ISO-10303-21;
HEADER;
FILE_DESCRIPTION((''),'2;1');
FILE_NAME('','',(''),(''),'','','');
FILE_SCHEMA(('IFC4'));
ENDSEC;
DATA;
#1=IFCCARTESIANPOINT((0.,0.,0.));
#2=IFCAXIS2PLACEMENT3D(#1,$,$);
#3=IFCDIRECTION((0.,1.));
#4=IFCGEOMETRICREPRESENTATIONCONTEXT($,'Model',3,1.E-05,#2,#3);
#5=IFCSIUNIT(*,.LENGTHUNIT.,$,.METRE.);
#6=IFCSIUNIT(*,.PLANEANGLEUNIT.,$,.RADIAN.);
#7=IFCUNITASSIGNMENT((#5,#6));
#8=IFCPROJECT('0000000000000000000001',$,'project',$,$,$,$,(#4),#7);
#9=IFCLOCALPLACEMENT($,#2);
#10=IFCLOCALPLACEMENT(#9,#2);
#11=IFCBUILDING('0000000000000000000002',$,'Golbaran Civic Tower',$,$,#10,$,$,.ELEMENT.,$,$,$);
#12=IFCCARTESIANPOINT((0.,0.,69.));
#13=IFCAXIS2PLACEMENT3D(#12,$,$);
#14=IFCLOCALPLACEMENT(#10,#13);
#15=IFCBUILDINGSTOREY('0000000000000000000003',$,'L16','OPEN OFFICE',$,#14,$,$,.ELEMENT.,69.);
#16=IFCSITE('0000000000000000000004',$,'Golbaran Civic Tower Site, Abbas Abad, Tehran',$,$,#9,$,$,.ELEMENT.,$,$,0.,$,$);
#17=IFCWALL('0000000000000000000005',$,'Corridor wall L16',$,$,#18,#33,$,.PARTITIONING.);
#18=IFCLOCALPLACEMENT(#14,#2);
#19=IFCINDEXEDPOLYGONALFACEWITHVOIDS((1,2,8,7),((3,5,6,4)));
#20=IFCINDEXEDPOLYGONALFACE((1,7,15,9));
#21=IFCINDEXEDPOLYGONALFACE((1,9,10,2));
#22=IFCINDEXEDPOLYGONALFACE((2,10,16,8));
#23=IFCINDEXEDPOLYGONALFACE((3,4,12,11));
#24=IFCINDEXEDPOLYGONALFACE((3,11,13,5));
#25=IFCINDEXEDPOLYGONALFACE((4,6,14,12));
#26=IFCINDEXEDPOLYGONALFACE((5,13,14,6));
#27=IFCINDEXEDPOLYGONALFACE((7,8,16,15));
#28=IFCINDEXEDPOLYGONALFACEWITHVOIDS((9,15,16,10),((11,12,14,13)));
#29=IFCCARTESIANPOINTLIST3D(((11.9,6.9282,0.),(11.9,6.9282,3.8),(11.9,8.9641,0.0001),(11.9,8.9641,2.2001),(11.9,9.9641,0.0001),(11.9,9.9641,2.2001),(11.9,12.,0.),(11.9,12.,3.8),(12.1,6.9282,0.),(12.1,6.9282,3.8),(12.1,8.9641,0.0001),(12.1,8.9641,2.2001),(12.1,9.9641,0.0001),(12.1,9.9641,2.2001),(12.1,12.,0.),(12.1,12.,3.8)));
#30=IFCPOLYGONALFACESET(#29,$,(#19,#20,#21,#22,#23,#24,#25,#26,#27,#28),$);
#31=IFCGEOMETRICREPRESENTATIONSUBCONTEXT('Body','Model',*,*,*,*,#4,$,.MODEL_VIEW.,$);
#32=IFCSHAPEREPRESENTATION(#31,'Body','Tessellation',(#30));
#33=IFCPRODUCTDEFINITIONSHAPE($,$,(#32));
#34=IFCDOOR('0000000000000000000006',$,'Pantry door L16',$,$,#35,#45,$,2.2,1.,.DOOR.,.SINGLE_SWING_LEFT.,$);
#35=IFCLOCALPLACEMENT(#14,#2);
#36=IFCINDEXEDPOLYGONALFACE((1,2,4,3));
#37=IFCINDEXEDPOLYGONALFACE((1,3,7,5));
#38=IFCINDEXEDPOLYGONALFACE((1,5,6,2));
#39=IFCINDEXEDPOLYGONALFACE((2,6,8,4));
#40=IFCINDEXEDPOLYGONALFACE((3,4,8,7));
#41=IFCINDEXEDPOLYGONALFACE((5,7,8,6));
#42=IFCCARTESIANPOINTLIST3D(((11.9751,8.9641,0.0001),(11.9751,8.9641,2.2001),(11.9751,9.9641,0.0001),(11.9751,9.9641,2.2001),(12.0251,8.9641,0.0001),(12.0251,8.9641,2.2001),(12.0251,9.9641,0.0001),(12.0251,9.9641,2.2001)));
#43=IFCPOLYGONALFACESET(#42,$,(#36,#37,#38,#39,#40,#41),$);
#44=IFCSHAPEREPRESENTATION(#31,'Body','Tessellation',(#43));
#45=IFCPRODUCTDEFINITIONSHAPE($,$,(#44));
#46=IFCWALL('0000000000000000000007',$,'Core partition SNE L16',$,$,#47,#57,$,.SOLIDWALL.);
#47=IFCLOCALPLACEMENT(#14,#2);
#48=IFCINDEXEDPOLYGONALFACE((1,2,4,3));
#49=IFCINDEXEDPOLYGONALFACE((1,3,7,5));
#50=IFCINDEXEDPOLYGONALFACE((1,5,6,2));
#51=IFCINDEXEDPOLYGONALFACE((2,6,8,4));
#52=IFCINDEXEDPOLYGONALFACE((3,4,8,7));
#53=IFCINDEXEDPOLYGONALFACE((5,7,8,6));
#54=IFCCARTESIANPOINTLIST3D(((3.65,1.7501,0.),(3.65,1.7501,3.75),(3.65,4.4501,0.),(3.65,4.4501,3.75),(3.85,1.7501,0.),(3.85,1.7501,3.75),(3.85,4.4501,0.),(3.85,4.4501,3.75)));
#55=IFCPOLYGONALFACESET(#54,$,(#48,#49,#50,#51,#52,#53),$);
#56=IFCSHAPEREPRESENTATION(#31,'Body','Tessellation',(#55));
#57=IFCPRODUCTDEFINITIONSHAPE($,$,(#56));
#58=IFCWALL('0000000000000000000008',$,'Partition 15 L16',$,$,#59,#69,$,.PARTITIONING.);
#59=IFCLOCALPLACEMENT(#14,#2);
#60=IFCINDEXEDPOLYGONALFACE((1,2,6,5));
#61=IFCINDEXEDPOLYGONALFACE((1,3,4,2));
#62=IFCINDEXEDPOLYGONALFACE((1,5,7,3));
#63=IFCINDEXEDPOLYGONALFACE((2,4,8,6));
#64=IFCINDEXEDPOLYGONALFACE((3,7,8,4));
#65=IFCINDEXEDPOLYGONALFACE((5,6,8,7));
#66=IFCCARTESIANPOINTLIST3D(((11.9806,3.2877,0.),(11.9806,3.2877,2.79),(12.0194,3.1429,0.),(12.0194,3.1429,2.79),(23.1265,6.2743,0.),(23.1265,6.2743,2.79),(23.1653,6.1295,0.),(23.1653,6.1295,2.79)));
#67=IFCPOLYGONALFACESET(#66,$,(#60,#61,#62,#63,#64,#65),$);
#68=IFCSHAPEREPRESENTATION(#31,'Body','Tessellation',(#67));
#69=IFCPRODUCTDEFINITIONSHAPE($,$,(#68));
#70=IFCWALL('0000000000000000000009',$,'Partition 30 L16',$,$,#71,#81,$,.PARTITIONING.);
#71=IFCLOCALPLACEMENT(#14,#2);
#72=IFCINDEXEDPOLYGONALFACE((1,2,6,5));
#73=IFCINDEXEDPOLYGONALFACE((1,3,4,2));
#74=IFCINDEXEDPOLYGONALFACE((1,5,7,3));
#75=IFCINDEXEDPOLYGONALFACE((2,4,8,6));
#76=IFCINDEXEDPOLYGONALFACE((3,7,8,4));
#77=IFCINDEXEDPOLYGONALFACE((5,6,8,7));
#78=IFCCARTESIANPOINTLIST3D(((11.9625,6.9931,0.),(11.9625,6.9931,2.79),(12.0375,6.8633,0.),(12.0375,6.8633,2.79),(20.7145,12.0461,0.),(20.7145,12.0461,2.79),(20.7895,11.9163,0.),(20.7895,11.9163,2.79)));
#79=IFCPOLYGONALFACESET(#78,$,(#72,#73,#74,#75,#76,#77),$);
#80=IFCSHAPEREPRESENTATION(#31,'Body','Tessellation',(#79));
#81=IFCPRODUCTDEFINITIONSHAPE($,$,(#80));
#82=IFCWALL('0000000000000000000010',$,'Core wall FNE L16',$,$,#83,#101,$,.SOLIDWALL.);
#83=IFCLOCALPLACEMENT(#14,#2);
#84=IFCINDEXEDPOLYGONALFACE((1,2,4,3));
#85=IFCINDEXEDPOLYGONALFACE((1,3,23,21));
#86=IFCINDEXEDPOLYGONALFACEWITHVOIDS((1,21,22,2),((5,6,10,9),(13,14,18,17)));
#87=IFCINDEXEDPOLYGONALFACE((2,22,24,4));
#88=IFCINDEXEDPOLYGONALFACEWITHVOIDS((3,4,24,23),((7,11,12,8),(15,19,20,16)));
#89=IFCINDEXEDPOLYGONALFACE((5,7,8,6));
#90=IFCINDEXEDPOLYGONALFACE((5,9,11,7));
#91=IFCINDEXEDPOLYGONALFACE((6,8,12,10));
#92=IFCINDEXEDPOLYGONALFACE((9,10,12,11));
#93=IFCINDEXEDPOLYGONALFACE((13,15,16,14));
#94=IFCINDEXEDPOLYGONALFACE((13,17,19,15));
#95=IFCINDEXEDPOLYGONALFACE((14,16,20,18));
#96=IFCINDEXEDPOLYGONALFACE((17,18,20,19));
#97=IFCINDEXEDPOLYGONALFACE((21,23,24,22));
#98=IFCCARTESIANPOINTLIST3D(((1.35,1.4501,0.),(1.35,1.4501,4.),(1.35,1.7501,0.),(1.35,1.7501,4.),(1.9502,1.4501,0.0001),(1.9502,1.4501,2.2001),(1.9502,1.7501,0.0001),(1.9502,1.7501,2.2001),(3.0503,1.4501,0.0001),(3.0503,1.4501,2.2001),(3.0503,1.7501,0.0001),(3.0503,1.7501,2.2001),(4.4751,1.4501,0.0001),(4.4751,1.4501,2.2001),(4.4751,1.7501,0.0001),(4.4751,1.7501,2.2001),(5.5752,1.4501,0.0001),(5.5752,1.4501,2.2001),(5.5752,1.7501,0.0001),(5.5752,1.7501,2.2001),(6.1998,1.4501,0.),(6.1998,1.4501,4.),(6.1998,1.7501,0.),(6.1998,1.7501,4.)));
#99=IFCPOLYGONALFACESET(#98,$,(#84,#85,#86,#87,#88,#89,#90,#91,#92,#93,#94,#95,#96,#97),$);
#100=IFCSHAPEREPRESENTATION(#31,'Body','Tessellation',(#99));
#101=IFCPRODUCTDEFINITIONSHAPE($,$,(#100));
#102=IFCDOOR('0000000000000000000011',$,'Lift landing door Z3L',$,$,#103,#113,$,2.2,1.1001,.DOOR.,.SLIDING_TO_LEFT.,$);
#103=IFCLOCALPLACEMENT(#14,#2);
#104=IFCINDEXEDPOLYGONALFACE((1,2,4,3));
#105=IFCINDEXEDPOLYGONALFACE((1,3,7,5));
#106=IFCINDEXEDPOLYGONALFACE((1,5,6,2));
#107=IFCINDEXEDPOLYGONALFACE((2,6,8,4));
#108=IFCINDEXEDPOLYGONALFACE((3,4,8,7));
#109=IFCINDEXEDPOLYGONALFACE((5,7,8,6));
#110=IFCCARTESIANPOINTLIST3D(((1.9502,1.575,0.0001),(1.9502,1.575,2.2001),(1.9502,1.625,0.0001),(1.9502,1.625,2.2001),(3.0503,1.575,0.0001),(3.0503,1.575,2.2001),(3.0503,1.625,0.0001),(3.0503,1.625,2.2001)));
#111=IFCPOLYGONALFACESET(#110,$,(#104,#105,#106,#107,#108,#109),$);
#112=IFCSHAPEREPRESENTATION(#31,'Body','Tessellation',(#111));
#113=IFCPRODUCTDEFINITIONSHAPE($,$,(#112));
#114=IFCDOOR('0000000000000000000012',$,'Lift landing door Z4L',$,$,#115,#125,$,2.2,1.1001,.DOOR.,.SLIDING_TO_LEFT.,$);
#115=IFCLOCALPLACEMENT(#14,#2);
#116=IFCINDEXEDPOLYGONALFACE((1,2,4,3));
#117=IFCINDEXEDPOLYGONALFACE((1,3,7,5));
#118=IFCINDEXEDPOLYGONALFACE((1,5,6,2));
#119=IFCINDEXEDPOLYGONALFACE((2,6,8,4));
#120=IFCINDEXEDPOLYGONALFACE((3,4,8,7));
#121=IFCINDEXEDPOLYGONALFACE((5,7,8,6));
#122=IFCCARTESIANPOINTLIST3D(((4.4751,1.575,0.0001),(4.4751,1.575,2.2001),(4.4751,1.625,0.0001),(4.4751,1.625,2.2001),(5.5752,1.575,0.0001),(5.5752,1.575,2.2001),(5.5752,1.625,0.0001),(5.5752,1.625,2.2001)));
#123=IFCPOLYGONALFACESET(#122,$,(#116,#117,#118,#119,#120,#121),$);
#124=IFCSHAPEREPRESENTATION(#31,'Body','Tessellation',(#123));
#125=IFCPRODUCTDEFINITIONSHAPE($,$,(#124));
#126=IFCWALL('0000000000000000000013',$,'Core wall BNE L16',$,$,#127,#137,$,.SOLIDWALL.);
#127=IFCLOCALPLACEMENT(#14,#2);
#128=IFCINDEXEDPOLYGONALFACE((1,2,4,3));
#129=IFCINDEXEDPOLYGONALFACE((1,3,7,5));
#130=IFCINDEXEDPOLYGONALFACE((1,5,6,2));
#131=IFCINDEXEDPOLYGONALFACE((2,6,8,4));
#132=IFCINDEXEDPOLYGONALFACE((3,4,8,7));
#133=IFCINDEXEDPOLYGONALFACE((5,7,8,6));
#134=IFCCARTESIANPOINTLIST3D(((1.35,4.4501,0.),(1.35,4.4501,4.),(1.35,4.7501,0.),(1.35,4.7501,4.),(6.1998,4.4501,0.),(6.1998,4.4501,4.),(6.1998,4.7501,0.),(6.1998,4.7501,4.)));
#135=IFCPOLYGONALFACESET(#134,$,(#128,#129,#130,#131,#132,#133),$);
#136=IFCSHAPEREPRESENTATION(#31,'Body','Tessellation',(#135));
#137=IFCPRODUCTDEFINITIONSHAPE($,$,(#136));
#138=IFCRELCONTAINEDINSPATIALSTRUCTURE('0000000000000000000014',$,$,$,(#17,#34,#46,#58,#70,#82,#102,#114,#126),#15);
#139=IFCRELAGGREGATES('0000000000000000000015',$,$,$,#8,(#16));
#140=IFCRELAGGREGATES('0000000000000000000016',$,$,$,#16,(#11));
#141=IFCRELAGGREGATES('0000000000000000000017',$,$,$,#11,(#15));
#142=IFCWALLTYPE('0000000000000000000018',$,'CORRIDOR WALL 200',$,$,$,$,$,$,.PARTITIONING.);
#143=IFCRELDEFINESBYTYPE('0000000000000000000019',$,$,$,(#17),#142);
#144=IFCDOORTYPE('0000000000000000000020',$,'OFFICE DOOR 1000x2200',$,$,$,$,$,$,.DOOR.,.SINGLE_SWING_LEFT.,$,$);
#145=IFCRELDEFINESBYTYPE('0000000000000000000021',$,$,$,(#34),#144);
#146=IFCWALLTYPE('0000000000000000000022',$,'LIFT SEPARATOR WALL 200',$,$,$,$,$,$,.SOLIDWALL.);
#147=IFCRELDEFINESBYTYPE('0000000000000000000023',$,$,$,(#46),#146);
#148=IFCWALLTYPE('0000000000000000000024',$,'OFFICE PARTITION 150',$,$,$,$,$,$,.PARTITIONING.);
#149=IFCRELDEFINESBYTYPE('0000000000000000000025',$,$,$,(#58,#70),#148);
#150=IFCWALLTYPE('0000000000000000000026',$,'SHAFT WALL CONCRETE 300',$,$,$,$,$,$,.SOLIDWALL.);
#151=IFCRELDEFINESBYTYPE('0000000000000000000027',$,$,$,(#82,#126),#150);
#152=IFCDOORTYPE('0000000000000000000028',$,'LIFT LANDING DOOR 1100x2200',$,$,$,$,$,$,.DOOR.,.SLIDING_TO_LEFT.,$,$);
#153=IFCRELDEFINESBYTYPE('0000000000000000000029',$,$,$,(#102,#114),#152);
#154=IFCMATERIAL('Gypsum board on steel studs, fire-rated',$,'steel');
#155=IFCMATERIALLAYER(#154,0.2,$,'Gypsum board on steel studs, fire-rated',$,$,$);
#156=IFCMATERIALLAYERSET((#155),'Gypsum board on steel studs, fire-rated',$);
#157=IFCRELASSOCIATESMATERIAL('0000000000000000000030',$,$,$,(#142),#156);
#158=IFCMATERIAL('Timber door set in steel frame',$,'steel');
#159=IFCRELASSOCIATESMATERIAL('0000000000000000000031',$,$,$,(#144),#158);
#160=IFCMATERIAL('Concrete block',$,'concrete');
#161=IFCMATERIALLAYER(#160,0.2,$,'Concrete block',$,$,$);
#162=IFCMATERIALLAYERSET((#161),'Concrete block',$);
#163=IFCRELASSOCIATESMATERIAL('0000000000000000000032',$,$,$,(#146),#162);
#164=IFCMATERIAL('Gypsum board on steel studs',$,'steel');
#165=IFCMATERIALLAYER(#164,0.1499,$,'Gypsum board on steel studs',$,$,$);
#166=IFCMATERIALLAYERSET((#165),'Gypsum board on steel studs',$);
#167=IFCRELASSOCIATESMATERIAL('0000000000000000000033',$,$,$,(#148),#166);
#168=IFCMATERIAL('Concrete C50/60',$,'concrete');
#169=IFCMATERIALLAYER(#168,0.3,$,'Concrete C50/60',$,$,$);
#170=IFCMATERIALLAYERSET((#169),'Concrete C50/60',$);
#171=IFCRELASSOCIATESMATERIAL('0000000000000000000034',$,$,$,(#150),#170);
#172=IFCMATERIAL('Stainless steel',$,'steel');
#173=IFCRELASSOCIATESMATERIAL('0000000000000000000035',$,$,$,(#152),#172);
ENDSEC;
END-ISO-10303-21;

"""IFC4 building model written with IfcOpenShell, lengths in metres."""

from ifc_helpers import new_model, si_unit, direction, frame, frame_2d, origin, place, context, subcontext, project, spatial, rectangle, extrude, material, layer, layer_set, type_object, element, fill, save


model = new_model("IFC4")

# Units and contexts
model_context = context("Model", 3, precision=1e-05, world=origin(), true_north=direction((0.0, 1.0)))
body_context = subcontext(model_context, "Body", "Model", "MODEL_VIEW")
ifc_project = project(units=[si_unit("LENGTHUNIT", "METRE"), si_unit("PLANEANGLEUNIT", "RADIAN")], contexts=[model_context])

# Site, building, storey
site_placement = place(None, origin())
site = spatial("IfcSite", under=ifc_project, at=site_placement, Name="Golbaran Civic Tower Site, Abbas Abad, Tehran", CompositionType="ELEMENT", RefElevation=0.0)
building_placement = place(site_placement, origin())
building = spatial("IfcBuilding", under=site, at=building_placement, Name="Golbaran Civic Tower", CompositionType="ELEMENT")
storey_placement = place(building_placement, frame((0.0, 0.0, 69.0)))
storey = spatial("IfcBuildingStorey", under=building, at=storey_placement, Name="L16", Description="OPEN OFFICE", CompositionType="ELEMENT", Elevation=69.0)

# Shared definitions
ifc_material_1 = material(Name="Concrete block", Category="concrete")
ifc_material_2 = material(Name="Timber door set in steel frame", Category="steel")

# Wall, opening, door
ifc_material_3 = material(Name="Gypsum board on steel studs, fire-rated", Category="steel")
ifc_layer_1 = layer(ifc_material_3, 0.2, Name="Gypsum board on steel studs, fire-rated")
ifc_layer_set_1 = layer_set([ifc_layer_1], Name="Gypsum board on steel studs, fire-rated")
wall_type_1 = type_object("IfcWallType", Name="CORRIDOR WALL 200", PredefinedType="PARTITIONING", material=ifc_layer_set_1)
wall_1_placement = place(storey_placement, frame((12.0, 6.9282, 0.0), z_axis=(0.0, 0.0, 1.0), x_axis=(0.0, 1.0, 0.0)))
wall_1 = element("IfcWall", 1, at=wall_1_placement, inside=storey, type_object=wall_type_1, Name="Corridor wall L16", PredefinedType="PARTITIONING", context=body_context, shape_type="SweptSolid", body=[
    extrude(rectangle(XDim=5.0718, YDim=0.2, at=frame_2d((2.5359, 0.0))), origin(), (0.0, 0.0, 1.0), 3.8),
])
opening_1_placement = place(wall_1_placement, frame((2.0359, 0.0, 0.0)))
opening_1 = element("IfcOpeningElement", 2, at=opening_1_placement, cuts=wall_1, PredefinedType="OPENING", context=body_context, shape_type="SweptSolid", body=[
    extrude(rectangle(XDim=1.0, YDim=2.2, at=frame_2d((0.5, 1.1001))), frame((0.0, 0.1099, 0.0), z_axis=(0.0, -1.0, 0.0), x_axis=(1.0, 0.0, 0.0)), (0.0, 0.0, 1.0), 0.22),
])
door_type_1 = type_object("IfcDoorType", Name="OFFICE DOOR 1000x2200", OperationType="SINGLE_SWING_LEFT", PredefinedType="DOOR", material=ifc_material_2)
door_1_placement = place(opening_1_placement, origin())
door_1 = element("IfcDoor", 3, at=door_1_placement, inside=storey, type_object=door_type_1, Name="Pantry door L16", OperationType="SINGLE_SWING_LEFT", OverallHeight=2.2, OverallWidth=1.0, PredefinedType="DOOR", context=body_context, shape_type="SweptSolid", body=[
    extrude(rectangle(XDim=1.0, YDim=2.2, at=frame_2d((0.5, 1.1001))), frame((0.0, 0.0249, 0.0), z_axis=(0.0, -1.0, 0.0), x_axis=(1.0, 0.0, 0.0)), (0.0, 0.0, 1.0), 0.05),
])
fill(opening_1, door_1)

# Walls
ifc_layer_2 = layer(ifc_material_1, 0.2, Name="Concrete block")
ifc_layer_set_2 = layer_set([ifc_layer_2], Name="Concrete block")
wall_type_2 = type_object("IfcWallType", Name="LIFT SEPARATOR WALL 200", PredefinedType="SOLIDWALL", material=ifc_layer_set_2)
wall_2_placement = place(storey_placement, frame((3.75, 1.75, 0.0), z_axis=(0.0, 0.0, 1.0), x_axis=(0.0, 1.0, 0.0)))
element("IfcWall", 4, at=wall_2_placement, inside=storey, type_object=wall_type_2, Name="Core partition SNE L16", PredefinedType="SOLIDWALL", context=body_context, shape_type="SweptSolid", body=[
    extrude(rectangle(XDim=2.7, YDim=0.2, at=frame_2d((1.3501, 0.0))), origin(), (0.0, 0.0, 1.0), 3.75),
])
ifc_material_4 = material(Name="Gypsum board on steel studs", Category="steel")
ifc_layer_3 = layer(ifc_material_4, 0.1499, Name="Gypsum board on steel studs")
ifc_layer_set_3 = layer_set([ifc_layer_3], Name="Gypsum board on steel studs")
wall_type_3 = type_object("IfcWallType", Name="OFFICE PARTITION 150", PredefinedType="PARTITIONING", material=ifc_layer_set_3)
wall_3_placement = place(storey_placement, frame((12.0, 3.2153, 0.0), z_axis=(0.0, 0.0, 1.0), x_axis=(0.965924, 0.258825, 0.0)))
element("IfcWall", 5, at=wall_3_placement, inside=storey, type_object=wall_type_3, Name="Partition 15 L16", PredefinedType="PARTITIONING", context=body_context, shape_type="SweptSolid", body=[
    extrude(rectangle(XDim=11.5391, YDim=0.1499, at=frame_2d((5.7695, 0.0))), origin(), (0.0, 0.0, 1.0), 2.79),
])
wall_4_placement = place(storey_placement, frame((12.0, 6.9282, 0.0), z_axis=(0.0, 0.0, 1.0), x_axis=(0.866024, 0.500003, 0.0)))
element("IfcWall", 6, at=wall_4_placement, inside=storey, type_object=wall_type_3, Name="Partition 30 L16", PredefinedType="PARTITIONING", context=body_context, shape_type="SweptSolid", body=[
    extrude(rectangle(XDim=10.106, YDim=0.1499, at=frame_2d((5.053, 0.0))), origin(), (0.0, 0.0, 1.0), 2.79),
])

# Wall, openings, doors
ifc_material_5 = material(Name="Concrete C50/60", Category="concrete")
ifc_layer_4 = layer(ifc_material_5, 0.3, Name="Concrete C50/60")
ifc_layer_set_4 = layer_set([ifc_layer_4], Name="Concrete C50/60")
wall_type_4 = type_object("IfcWallType", Name="SHAFT WALL CONCRETE 300", PredefinedType="SOLIDWALL", material=ifc_layer_set_4)
wall_5_placement = place(storey_placement, frame((1.3501, 1.6001, 0.0), z_axis=(0.0, 0.0, 1.0), x_axis=(1.0, 0.0, 0.0)))
wall_5 = element("IfcWall", 7, at=wall_5_placement, inside=storey, type_object=wall_type_4, Name="Core wall FNE L16", PredefinedType="SOLIDWALL", context=body_context, shape_type="SweptSolid", body=[
    extrude(rectangle(XDim=4.8499, YDim=0.3, at=frame_2d((2.4248, 0.0))), origin(), (0.0, 0.0, 1.0), 4.0),
])
opening_2_placement = place(wall_5_placement, frame((0.6001, 0.0, 0.0)))
opening_2 = element("IfcOpeningElement", 8, at=opening_2_placement, cuts=wall_5, PredefinedType="OPENING", context=body_context, shape_type="SweptSolid", body=[
    extrude(rectangle(XDim=1.1001, YDim=2.2, at=frame_2d((0.55, 1.1001))), frame((0.0, 0.1599, 0.0), z_axis=(0.0, -1.0, 0.0), x_axis=(1.0, 0.0, 0.0)), (0.0, 0.0, 1.0), 0.3201),
])
opening_3_placement = place(wall_5_placement, frame((3.125, 0.0, 0.0)))
opening_3 = element("IfcOpeningElement", 9, at=opening_3_placement, cuts=wall_5, PredefinedType="OPENING", context=body_context, shape_type="SweptSolid", body=[
    extrude(rectangle(XDim=1.1001, YDim=2.2, at=frame_2d((0.55, 1.1001))), frame((0.0, 0.1599, 0.0), z_axis=(0.0, -1.0, 0.0), x_axis=(1.0, 0.0, 0.0)), (0.0, 0.0, 1.0), 0.3201),
])
ifc_material_6 = material(Name="Stainless steel", Category="steel")
door_type_2 = type_object("IfcDoorType", Name="LIFT LANDING DOOR 1100x2200", OperationType="SLIDING_TO_LEFT", PredefinedType="DOOR", material=ifc_material_6)
door_2_placement = place(opening_2_placement, origin())
door_2 = element("IfcDoor", 10, at=door_2_placement, inside=storey, type_object=door_type_2, Name="Lift landing door Z3L", OperationType="SLIDING_TO_LEFT", OverallHeight=2.2, OverallWidth=1.1001, PredefinedType="DOOR", context=body_context, shape_type="SweptSolid", body=[
    extrude(rectangle(XDim=1.1001, YDim=2.2, at=frame_2d((0.55, 1.1001))), frame((0.0, 0.0249, 0.0), z_axis=(0.0, -1.0, 0.0), x_axis=(1.0, 0.0, 0.0)), (0.0, 0.0, 1.0), 0.05),
])
fill(opening_2, door_2)
door_3_placement = place(opening_3_placement, origin())
door_3 = element("IfcDoor", 11, at=door_3_placement, inside=storey, type_object=door_type_2, Name="Lift landing door Z4L", OperationType="SLIDING_TO_LEFT", OverallHeight=2.2, OverallWidth=1.1001, PredefinedType="DOOR", context=body_context, shape_type="SweptSolid", body=[
    extrude(rectangle(XDim=1.1001, YDim=2.2, at=frame_2d((0.55, 1.1001))), frame((0.0, 0.0249, 0.0), z_axis=(0.0, -1.0, 0.0), x_axis=(1.0, 0.0, 0.0)), (0.0, 0.0, 1.0), 0.05),
])
fill(opening_3, door_3)

# Wall
wall_6_placement = place(storey_placement, frame((1.3501, 4.6001, 0.0), z_axis=(0.0, 0.0, 1.0), x_axis=(1.0, 0.0, 0.0)))
element("IfcWall", 12, at=wall_6_placement, inside=storey, type_object=wall_type_4, Name="Core wall BNE L16", PredefinedType="SOLIDWALL", context=body_context, shape_type="SweptSolid", body=[
    extrude(rectangle(XDim=4.8499, YDim=0.3, at=frame_2d((2.4248, 0.0))), origin(), (0.0, 0.0, 1.0), 4.0),
])

save(model, "model.ifc")
